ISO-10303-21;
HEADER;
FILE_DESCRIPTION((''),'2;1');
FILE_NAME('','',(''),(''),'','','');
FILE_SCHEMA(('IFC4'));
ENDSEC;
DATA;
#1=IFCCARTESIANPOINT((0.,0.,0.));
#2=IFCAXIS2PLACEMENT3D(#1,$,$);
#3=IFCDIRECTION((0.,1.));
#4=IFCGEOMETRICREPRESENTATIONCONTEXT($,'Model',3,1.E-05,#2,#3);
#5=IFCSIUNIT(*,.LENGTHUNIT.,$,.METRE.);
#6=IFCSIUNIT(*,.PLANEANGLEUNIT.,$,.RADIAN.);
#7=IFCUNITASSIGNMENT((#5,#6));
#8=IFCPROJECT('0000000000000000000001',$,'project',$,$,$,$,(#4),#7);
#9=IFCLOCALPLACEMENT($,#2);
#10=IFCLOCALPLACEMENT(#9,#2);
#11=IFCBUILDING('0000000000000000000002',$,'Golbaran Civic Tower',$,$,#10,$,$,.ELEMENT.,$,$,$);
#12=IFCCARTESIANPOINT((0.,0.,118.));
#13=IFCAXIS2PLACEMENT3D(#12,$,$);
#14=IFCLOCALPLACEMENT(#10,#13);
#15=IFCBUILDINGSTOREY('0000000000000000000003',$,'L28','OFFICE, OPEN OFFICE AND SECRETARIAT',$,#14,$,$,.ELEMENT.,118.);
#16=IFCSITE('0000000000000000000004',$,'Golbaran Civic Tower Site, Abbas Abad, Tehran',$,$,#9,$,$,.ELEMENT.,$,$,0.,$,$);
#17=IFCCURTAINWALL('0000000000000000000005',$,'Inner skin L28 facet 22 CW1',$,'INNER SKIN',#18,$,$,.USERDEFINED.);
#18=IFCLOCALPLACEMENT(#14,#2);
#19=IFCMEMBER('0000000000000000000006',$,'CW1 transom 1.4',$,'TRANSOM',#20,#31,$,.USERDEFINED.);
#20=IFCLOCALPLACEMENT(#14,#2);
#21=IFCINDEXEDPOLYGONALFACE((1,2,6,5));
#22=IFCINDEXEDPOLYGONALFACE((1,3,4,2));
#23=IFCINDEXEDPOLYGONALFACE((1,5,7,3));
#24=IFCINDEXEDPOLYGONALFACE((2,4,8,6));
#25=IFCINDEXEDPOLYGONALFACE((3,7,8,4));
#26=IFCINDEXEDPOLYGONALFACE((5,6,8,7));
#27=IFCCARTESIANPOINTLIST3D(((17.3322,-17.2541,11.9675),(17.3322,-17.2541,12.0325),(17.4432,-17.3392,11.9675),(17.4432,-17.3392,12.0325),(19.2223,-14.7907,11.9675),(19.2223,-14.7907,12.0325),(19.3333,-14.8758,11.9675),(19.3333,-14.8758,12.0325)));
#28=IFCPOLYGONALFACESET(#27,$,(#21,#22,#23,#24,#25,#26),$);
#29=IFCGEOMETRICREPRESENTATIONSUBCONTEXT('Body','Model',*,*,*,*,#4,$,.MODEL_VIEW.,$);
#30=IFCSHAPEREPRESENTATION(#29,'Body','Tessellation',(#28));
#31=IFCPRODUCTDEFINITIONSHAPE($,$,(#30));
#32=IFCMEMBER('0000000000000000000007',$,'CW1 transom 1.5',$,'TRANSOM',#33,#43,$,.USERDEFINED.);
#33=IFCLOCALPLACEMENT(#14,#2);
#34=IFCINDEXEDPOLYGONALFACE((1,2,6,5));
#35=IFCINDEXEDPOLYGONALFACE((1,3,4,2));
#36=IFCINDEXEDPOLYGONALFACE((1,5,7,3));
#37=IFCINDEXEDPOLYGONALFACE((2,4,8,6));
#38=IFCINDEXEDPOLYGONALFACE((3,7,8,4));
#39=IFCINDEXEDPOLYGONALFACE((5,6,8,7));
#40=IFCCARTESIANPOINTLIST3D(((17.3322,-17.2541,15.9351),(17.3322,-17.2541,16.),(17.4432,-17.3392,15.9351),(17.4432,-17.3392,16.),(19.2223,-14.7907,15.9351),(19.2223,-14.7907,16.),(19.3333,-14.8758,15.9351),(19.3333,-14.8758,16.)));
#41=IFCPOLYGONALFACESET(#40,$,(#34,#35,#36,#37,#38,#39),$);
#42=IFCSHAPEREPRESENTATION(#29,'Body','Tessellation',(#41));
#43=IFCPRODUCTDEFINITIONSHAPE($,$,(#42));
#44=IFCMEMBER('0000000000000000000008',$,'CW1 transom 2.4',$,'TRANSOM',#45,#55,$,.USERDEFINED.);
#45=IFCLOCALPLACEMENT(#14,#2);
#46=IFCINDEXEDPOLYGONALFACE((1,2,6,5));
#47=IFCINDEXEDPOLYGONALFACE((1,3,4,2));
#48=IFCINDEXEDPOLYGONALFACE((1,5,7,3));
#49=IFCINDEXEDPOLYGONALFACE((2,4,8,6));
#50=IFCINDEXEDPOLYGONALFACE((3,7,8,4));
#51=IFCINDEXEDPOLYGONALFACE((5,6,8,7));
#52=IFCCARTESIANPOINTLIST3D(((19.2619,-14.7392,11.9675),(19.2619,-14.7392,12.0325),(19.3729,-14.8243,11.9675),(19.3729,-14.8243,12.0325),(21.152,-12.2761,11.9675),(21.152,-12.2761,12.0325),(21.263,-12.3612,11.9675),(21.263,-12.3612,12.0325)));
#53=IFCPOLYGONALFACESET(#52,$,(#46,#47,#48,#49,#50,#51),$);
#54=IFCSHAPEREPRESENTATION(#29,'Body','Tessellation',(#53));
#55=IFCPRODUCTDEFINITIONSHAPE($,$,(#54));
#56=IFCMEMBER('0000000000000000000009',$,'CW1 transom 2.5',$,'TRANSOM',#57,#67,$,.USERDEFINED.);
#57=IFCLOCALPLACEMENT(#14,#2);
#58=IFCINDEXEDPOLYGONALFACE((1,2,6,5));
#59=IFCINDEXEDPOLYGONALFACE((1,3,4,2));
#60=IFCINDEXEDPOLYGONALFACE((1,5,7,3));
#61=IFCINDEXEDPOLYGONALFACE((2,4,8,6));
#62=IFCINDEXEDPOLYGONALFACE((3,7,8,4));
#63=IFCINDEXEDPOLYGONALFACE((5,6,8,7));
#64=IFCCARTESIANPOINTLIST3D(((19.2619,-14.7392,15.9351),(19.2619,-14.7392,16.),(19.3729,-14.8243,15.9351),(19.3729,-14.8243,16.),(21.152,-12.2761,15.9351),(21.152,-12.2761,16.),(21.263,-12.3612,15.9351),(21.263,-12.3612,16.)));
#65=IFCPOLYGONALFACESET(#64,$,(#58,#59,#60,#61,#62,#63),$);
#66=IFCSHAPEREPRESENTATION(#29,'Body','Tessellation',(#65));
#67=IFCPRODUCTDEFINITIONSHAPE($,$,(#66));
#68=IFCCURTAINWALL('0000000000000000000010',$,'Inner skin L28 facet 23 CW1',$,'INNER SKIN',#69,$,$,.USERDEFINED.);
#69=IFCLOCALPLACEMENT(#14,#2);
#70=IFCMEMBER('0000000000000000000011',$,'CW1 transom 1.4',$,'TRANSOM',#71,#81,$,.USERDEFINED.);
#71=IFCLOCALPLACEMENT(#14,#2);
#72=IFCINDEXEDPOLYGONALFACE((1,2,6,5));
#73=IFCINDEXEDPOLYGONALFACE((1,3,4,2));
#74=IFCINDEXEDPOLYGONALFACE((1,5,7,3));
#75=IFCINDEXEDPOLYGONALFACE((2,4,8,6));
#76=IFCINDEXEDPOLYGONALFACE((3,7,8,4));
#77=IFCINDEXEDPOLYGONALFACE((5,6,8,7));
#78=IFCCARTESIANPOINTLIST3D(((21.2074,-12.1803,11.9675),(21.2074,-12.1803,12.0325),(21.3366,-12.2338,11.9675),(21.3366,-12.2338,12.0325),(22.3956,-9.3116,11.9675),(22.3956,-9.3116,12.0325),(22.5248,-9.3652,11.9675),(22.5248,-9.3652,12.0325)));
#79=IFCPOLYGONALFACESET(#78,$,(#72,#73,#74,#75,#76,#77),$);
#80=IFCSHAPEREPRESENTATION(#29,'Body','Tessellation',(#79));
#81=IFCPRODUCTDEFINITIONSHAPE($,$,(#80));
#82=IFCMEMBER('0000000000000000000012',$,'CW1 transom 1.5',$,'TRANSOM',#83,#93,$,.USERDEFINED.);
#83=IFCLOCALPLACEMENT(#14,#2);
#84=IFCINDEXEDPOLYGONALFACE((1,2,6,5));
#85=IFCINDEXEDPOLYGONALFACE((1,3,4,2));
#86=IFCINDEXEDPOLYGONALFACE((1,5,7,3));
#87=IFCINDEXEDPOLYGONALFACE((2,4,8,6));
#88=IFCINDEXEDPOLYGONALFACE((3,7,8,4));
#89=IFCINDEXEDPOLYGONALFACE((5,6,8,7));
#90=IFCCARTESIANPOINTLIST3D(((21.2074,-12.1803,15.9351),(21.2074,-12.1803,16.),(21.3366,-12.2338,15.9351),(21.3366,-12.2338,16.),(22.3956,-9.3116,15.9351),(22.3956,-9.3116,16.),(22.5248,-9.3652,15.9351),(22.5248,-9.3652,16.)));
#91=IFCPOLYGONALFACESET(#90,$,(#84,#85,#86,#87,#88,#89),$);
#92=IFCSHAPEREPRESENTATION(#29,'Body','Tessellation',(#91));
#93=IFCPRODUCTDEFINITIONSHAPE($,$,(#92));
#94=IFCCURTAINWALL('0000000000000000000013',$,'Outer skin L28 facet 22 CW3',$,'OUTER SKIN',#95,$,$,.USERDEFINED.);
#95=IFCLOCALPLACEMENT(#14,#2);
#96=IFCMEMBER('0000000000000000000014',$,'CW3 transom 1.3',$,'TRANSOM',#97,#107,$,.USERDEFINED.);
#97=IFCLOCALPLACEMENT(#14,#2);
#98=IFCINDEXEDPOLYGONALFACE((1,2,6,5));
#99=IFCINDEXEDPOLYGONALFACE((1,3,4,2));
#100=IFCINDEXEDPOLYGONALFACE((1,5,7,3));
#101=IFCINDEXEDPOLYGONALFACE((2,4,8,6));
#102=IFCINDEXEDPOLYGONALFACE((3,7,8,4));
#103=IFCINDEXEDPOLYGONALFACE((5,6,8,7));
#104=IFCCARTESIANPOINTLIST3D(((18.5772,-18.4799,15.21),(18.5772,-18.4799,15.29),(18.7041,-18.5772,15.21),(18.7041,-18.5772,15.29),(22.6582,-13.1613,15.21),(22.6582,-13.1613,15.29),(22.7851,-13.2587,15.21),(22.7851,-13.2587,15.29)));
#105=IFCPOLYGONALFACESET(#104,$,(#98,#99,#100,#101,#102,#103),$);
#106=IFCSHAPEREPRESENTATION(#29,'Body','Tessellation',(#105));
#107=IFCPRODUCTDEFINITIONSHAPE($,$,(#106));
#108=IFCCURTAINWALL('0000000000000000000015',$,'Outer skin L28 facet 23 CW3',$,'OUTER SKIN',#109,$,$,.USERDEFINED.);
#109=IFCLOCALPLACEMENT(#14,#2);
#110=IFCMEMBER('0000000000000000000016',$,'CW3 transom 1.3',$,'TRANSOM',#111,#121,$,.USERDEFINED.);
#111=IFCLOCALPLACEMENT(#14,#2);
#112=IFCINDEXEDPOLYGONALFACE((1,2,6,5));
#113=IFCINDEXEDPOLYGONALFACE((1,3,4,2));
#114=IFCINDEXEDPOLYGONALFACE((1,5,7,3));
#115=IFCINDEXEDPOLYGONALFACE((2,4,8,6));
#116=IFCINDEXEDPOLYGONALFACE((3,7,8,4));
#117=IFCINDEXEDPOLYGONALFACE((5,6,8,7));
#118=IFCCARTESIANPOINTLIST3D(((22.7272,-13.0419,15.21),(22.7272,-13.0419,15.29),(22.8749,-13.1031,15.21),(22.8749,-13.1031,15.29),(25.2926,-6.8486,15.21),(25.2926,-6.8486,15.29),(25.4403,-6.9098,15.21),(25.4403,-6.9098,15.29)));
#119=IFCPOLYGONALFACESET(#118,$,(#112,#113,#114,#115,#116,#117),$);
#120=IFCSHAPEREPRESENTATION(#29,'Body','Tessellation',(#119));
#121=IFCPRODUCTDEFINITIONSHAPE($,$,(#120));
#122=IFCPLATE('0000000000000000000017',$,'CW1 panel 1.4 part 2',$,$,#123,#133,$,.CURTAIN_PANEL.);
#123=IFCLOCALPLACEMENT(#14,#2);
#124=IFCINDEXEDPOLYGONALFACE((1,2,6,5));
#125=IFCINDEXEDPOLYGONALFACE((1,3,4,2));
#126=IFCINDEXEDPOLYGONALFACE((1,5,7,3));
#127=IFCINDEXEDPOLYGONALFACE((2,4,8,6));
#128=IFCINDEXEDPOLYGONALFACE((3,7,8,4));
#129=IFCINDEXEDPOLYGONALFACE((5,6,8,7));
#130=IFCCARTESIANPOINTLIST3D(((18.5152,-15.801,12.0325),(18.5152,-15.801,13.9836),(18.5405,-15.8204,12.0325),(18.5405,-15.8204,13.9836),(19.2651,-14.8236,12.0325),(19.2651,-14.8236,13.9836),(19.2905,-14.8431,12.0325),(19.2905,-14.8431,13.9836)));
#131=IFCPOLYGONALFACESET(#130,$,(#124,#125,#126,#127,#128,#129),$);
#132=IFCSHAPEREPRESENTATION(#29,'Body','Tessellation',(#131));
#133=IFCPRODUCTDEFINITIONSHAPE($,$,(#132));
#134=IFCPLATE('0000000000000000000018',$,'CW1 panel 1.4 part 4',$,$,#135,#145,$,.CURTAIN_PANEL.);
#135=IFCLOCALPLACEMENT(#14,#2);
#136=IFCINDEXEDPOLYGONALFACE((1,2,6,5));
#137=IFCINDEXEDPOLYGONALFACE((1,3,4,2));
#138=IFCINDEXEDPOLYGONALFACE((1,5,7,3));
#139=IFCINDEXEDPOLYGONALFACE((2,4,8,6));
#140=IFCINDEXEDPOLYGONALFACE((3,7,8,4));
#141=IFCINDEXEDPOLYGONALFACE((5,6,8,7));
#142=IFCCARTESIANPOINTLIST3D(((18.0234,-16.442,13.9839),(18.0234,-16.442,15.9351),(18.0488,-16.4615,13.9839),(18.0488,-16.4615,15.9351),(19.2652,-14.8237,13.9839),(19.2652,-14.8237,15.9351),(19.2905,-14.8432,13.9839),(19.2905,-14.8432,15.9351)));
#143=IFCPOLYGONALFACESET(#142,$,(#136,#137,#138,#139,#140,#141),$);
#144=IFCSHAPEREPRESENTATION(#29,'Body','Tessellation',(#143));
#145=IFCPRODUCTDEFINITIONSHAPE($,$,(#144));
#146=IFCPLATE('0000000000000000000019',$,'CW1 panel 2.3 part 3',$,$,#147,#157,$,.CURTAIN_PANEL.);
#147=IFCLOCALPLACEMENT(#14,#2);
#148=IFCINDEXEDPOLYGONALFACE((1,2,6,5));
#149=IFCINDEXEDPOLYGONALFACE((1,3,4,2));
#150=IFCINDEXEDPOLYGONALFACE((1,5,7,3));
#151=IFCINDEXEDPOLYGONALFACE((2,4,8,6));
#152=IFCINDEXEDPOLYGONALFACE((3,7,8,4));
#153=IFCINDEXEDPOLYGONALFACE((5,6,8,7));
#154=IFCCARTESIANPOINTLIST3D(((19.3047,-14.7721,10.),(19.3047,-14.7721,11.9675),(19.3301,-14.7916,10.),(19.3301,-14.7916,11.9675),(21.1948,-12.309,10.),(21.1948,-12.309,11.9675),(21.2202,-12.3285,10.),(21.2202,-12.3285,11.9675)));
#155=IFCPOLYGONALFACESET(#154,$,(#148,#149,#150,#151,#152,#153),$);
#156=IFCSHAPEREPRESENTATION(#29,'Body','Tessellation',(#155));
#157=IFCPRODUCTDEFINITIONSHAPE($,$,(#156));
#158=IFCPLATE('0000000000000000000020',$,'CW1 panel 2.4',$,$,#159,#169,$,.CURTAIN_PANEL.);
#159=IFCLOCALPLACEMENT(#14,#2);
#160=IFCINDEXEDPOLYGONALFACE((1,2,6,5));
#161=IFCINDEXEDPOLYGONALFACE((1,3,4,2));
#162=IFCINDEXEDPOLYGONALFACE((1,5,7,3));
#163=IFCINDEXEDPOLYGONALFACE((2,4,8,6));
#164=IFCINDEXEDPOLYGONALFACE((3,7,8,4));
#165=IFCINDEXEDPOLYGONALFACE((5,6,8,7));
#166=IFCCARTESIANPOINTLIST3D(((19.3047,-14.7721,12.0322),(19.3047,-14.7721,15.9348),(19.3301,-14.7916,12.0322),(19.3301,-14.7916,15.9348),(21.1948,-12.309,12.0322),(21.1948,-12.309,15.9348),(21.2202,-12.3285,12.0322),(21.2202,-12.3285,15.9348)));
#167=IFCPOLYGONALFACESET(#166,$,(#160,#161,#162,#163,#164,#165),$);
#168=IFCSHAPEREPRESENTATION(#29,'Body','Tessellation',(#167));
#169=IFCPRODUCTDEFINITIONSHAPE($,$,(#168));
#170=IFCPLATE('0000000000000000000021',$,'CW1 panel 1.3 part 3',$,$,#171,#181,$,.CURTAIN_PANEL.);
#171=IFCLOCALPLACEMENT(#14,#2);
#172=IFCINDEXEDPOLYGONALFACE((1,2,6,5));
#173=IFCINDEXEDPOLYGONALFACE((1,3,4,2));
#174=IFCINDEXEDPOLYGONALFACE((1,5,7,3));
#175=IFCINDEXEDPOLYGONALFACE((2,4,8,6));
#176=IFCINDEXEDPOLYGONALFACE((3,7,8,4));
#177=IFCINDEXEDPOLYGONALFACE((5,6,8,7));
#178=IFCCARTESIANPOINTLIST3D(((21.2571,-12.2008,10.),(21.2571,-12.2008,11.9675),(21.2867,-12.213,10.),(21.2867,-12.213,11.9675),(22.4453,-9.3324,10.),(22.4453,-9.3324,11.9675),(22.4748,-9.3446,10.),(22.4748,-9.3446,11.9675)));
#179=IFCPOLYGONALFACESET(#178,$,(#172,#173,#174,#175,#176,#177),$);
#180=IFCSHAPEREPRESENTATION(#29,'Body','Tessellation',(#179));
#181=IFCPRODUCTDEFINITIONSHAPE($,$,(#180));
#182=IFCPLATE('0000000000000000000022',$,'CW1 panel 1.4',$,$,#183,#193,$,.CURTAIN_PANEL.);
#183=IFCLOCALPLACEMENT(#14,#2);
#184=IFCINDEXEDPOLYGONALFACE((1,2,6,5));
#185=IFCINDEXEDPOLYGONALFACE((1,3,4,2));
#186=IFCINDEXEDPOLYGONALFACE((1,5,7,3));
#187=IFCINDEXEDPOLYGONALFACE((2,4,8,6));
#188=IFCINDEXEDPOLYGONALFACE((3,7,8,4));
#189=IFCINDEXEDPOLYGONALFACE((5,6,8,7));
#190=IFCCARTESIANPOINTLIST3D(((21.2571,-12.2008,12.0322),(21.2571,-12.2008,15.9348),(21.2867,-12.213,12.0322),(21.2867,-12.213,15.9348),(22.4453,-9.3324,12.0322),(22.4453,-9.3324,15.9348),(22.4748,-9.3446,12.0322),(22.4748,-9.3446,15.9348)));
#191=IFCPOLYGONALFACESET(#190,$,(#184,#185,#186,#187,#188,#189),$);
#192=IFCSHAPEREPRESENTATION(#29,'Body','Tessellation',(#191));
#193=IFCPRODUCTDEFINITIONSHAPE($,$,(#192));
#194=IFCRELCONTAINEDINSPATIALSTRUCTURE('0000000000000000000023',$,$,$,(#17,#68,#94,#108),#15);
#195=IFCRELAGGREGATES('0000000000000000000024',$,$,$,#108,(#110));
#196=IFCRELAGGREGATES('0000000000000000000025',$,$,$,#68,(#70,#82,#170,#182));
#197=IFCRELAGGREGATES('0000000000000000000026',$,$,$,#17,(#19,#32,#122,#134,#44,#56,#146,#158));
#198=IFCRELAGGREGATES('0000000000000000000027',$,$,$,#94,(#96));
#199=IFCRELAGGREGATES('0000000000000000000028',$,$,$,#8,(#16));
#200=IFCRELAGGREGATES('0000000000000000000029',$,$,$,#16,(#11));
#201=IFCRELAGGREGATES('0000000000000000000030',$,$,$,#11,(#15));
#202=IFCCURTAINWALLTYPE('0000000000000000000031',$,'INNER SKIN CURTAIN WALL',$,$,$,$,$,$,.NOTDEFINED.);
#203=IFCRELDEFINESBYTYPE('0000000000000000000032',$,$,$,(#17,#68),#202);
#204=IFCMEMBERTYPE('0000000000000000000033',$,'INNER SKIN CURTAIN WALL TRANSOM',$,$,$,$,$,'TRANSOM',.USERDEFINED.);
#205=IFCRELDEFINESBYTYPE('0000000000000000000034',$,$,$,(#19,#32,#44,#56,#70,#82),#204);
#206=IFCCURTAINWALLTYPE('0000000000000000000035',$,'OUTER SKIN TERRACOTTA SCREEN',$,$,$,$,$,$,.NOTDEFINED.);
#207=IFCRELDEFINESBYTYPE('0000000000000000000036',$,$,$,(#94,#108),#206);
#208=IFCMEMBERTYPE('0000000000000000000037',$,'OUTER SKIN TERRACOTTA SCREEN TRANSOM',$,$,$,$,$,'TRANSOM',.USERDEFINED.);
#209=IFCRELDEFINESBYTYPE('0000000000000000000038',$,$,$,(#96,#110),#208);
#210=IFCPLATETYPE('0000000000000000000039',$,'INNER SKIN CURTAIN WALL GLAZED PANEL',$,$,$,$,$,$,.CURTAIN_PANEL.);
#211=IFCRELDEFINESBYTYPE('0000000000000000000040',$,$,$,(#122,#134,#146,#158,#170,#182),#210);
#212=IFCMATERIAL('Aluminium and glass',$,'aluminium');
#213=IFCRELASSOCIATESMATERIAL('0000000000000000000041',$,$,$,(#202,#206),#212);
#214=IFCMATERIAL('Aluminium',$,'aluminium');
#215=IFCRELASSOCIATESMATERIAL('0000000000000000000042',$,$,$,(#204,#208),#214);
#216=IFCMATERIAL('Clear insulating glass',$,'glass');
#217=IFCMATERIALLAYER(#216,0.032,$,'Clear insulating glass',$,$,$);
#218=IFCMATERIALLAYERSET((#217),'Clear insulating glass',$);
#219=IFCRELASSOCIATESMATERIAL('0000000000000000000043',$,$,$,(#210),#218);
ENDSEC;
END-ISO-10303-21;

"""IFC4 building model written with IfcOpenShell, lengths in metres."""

from ifc_helpers import new_model, si_unit, direction, frame, origin, origin_2d, place, context, subcontext, project, spatial, rectangle, extrude, material, layer, layer_set, material_profile, profile_set, type_object, element, aggregate, save


model = new_model("IFC4")

# Units and contexts
model_context = context("Model", 3, precision=1e-05, world=origin(), true_north=direction((0.0, 1.0)))
body_context = subcontext(model_context, "Body", "Model", "MODEL_VIEW")
ifc_project = project(units=[si_unit("LENGTHUNIT", "METRE"), si_unit("PLANEANGLEUNIT", "RADIAN")], contexts=[model_context])

# Site, building, storey
site_placement = place(None, origin())
site = spatial("IfcSite", under=ifc_project, at=site_placement, Name="Golbaran Civic Tower Site, Abbas Abad, Tehran", CompositionType="ELEMENT", RefElevation=0.0)
building_placement = place(site_placement, origin())
building = spatial("IfcBuilding", under=site, at=building_placement, Name="Golbaran Civic Tower", CompositionType="ELEMENT")
storey_placement = place(building_placement, frame((0.0, 0.0, 118.0)))
storey = spatial("IfcBuildingStorey", under=building, at=storey_placement, Name="L28", Description="OFFICE, OPEN OFFICE AND SECRETARIAT", CompositionType="ELEMENT", Elevation=118.0)

# Curtain walls, members
ifc_material_1 = material(Name="Aluminium and glass", Category="aluminium")
curtain_wall_type_1 = type_object("IfcCurtainWallType", Name="INNER SKIN CURTAIN WALL", PredefinedType="NOTDEFINED", material=ifc_material_1)
curtain_wall_1_placement = place(storey_placement, origin())
curtain_wall_1 = element("IfcCurtainWall", 1, at=curtain_wall_1_placement, inside=storey, type_object=curtain_wall_type_1, Name="Inner skin L28 facet 22 CW1", ObjectType="INNER SKIN", PredefinedType="USERDEFINED")
ifc_material_2 = material(Name="Aluminium", Category="aluminium")
ifc_material_profile_1 = material_profile(ifc_material_2, rectangle(XDim=0.1399, YDim=0.0649, at=origin_2d()), Name="INNER SKIN CURTAIN WALL TRANSOM")
ifc_profile_set_1 = profile_set([ifc_material_profile_1], Name="Aluminium")
member_type_1 = type_object("IfcMemberType", Name="INNER SKIN CURTAIN WALL TRANSOM", ElementType="TRANSOM", PredefinedType="USERDEFINED", material=ifc_profile_set_1)
member_1_placement = place(storey_placement, frame((17.3877, -17.2966, 12.0), z_axis=(0.608745, 0.793366, 0.0), x_axis=(-0.793366, 0.608745, 0.0)))
member_1 = element("IfcMember", 2, at=member_1_placement, type_object=member_type_1, Name="CW1 transom 1.4", ObjectType="TRANSOM", PredefinedType="USERDEFINED", context=body_context, shape_type="SweptSolid", body=[
    extrude(rectangle(XDim=0.1399, YDim=0.0649, at=origin_2d()), origin(), (0.0, 0.0, 1.0), 3.105),
])
member_2_placement = place(storey_placement, frame((17.3877, -17.2966, 15.9675), z_axis=(0.608745, 0.793366, 0.0), x_axis=(-0.793366, 0.608745, 0.0)))
member_2 = element("IfcMember", 3, at=member_2_placement, type_object=member_type_1, Name="CW1 transom 1.5", ObjectType="TRANSOM", PredefinedType="USERDEFINED", context=body_context, shape_type="SweptSolid", body=[
    extrude(rectangle(XDim=0.1399, YDim=0.0649, at=origin_2d()), origin(), (0.0, 0.0, 1.0), 3.105),
])
member_3_placement = place(storey_placement, frame((19.3174, -14.7817, 12.0), z_axis=(0.608783, 0.793337, 0.0), x_axis=(-0.793337, 0.608783, 0.0)))
member_3 = element("IfcMember", 4, at=member_3_placement, type_object=member_type_1, Name="CW1 transom 2.4", ObjectType="TRANSOM", PredefinedType="USERDEFINED", context=body_context, shape_type="SweptSolid", body=[
    extrude(rectangle(XDim=0.1399, YDim=0.0649, at=origin_2d()), origin(), (0.0, 0.0, 1.0), 3.1047),
])
member_4_placement = place(storey_placement, frame((19.3174, -14.7817, 15.9675), z_axis=(0.608783, 0.793337, 0.0), x_axis=(-0.793337, 0.608783, 0.0)))
member_4 = element("IfcMember", 5, at=member_4_placement, type_object=member_type_1, Name="CW1 transom 2.5", ObjectType="TRANSOM", PredefinedType="USERDEFINED", context=body_context, shape_type="SweptSolid", body=[
    extrude(rectangle(XDim=0.1399, YDim=0.0649, at=origin_2d()), origin(), (0.0, 0.0, 1.0), 3.1047),
])
curtain_wall_2_placement = place(storey_placement, origin())
curtain_wall_2 = element("IfcCurtainWall", 6, at=curtain_wall_2_placement, inside=storey, type_object=curtain_wall_type_1, Name="Inner skin L28 facet 23 CW1", ObjectType="INNER SKIN", PredefinedType="USERDEFINED")
member_5_placement = place(storey_placement, frame((21.272, -12.207, 12.0), z_axis=(0.382683, 0.92388, 0.0), x_axis=(-0.92388, 0.382683, 0.0)))
member_5 = element("IfcMember", 7, at=member_5_placement, type_object=member_type_1, Name="CW1 transom 1.4", ObjectType="TRANSOM", PredefinedType="USERDEFINED", context=body_context, shape_type="SweptSolid", body=[
    extrude(rectangle(XDim=0.1399, YDim=0.0649, at=origin_2d()), origin(), (0.0, 0.0, 1.0), 3.105),
])
member_6_placement = place(storey_placement, frame((21.272, -12.207, 15.9675), z_axis=(0.382683, 0.92388, 0.0), x_axis=(-0.92388, 0.382683, 0.0)))
member_6 = element("IfcMember", 8, at=member_6_placement, type_object=member_type_1, Name="CW1 transom 1.5", ObjectType="TRANSOM", PredefinedType="USERDEFINED", context=body_context, shape_type="SweptSolid", body=[
    extrude(rectangle(XDim=0.1399, YDim=0.0649, at=origin_2d()), origin(), (0.0, 0.0, 1.0), 3.105),
])

# Curtain walls, members
curtain_wall_type_2 = type_object("IfcCurtainWallType", Name="OUTER SKIN TERRACOTTA SCREEN", PredefinedType="NOTDEFINED", material=ifc_material_1)
curtain_wall_3_placement = place(storey_placement, origin())
curtain_wall_3 = element("IfcCurtainWall", 9, at=curtain_wall_3_placement, inside=storey, type_object=curtain_wall_type_2, Name="Outer skin L28 facet 22 CW3", ObjectType="OUTER SKIN", PredefinedType="USERDEFINED")
ifc_material_profile_2 = material_profile(ifc_material_2, rectangle(XDim=0.1599, YDim=0.0801, at=origin_2d()), Name="OUTER SKIN TERRACOTTA SCREEN TRANSOM")
ifc_profile_set_2 = profile_set([ifc_material_profile_2], Name="Aluminium")
member_type_2 = type_object("IfcMemberType", Name="OUTER SKIN TERRACOTTA SCREEN TRANSOM", ElementType="TRANSOM", PredefinedType="USERDEFINED", material=ifc_profile_set_2)
member_7_placement = place(storey_placement, frame((18.6406, -18.5286, 15.25), z_axis=(0.608756, 0.793357, 0.0), x_axis=(-0.793357, 0.608756, 0.0)))
member_7 = element("IfcMember", 10, at=member_7_placement, type_object=member_type_2, Name="CW3 transom 1.3", ObjectType="TRANSOM", PredefinedType="USERDEFINED", context=body_context, shape_type="SweptSolid", body=[
    extrude(rectangle(XDim=0.1599, YDim=0.0801, at=origin_2d()), origin(), (0.0, 0.0, 1.0), 6.7039),
])
curtain_wall_4_placement = place(storey_placement, origin())
curtain_wall_4 = element("IfcCurtainWall", 11, at=curtain_wall_4_placement, inside=storey, type_object=curtain_wall_type_2, Name="Outer skin L28 facet 23 CW3", ObjectType="OUTER SKIN", PredefinedType="USERDEFINED")
member_8_placement = place(storey_placement, frame((22.801, -13.0725, 15.25), z_axis=(0.382691, 0.923877, 0.0), x_axis=(-0.923877, 0.382691, 0.0)))
member_8 = element("IfcMember", 12, at=member_8_placement, type_object=member_type_2, Name="CW3 transom 1.3", ObjectType="TRANSOM", PredefinedType="USERDEFINED", context=body_context, shape_type="SweptSolid", body=[
    extrude(rectangle(XDim=0.1599, YDim=0.0801, at=origin_2d()), origin(), (0.0, 0.0, 1.0), 6.7036),
])
aggregate(curtain_wall_4, [member_8])

# Plates
ifc_material_3 = material(Name="Clear insulating glass", Category="glass")
ifc_layer_1 = layer(ifc_material_3, 0.032, Name="Clear insulating glass")
ifc_layer_set_1 = layer_set([ifc_layer_1], Name="Clear insulating glass")
plate_type_1 = type_object("IfcPlateType", Name="INNER SKIN CURTAIN WALL GLAZED PANEL", PredefinedType="CURTAIN_PANEL", material=ifc_layer_set_1)
plate_1_placement = place(storey_placement, frame((18.9028, -15.322, 12.0325), z_axis=(0.0, 0.0, 1.0), x_axis=(0.608761, 0.793353, 0.0)))
plate_1 = element("IfcPlate", 13, at=plate_1_placement, type_object=plate_type_1, Name="CW1 panel 1.4 part 2", PredefinedType="CURTAIN_PANEL", context=body_context, shape_type="SweptSolid", body=[
    extrude(rectangle(XDim=1.2319, YDim=0.032, at=origin_2d()), origin(), (0.0, 0.0, 1.0), 1.9512),
])
plate_2_placement = place(storey_placement, frame((18.657, -15.6426, 13.9839), z_axis=(0.0, 0.0, 1.0), x_axis=(0.608761, 0.793353, 0.0)))
plate_2 = element("IfcPlate", 14, at=plate_2_placement, type_object=plate_type_1, Name="CW1 panel 1.4 part 4", PredefinedType="CURTAIN_PANEL", context=body_context, shape_type="SweptSolid", body=[
    extrude(rectangle(XDim=2.0398, YDim=0.032, at=origin_2d()), origin(), (0.0, 0.0, 1.0), 1.9512),
])
plate_3_placement = place(storey_placement, frame((20.2625, -13.5503, 10.0), z_axis=(0.0, 0.0, 1.0), x_axis=(0.608761, 0.793353, 0.0)))
plate_3 = element("IfcPlate", 15, at=plate_3_placement, type_object=plate_type_1, Name="CW1 panel 2.3 part 3", PredefinedType="CURTAIN_PANEL", context=body_context, shape_type="SweptSolid", body=[
    extrude(rectangle(XDim=3.1047, YDim=0.032, at=origin_2d()), origin(), (0.0, 0.0, 1.0), 1.9675),
])
plate_4_placement = place(storey_placement, frame((20.2625, -13.5503, 12.0322), z_axis=(0.0, 0.0, 1.0), x_axis=(0.608761, 0.793353, 0.0)))
plate_4 = element("IfcPlate", 16, at=plate_4_placement, type_object=plate_type_1, Name="CW1 panel 2.4", PredefinedType="CURTAIN_PANEL", context=body_context, shape_type="SweptSolid", body=[
    extrude(rectangle(XDim=3.1047, YDim=0.032, at=origin_2d()), origin(), (0.0, 0.0, 1.0), 3.9026),
])
plate_5_placement = place(storey_placement, frame((21.866, -10.7727, 10.0), z_axis=(0.0, 0.0, 1.0), x_axis=(0.382683, 0.92388, 0.0)))
plate_5 = element("IfcPlate", 17, at=plate_5_placement, type_object=plate_type_1, Name="CW1 panel 1.3 part 3", PredefinedType="CURTAIN_PANEL", context=body_context, shape_type="SweptSolid", body=[
    extrude(rectangle(XDim=3.1047, YDim=0.032, at=origin_2d()), origin(), (0.0, 0.0, 1.0), 1.9675),
])
plate_6_placement = place(storey_placement, frame((21.866, -10.7727, 12.0322), z_axis=(0.0, 0.0, 1.0), x_axis=(0.382683, 0.92388, 0.0)))
plate_6 = element("IfcPlate", 18, at=plate_6_placement, type_object=plate_type_1, Name="CW1 panel 1.4", PredefinedType="CURTAIN_PANEL", context=body_context, shape_type="SweptSolid", body=[
    extrude(rectangle(XDim=3.1047, YDim=0.032, at=origin_2d()), origin(), (0.0, 0.0, 1.0), 3.9026),
])
aggregate(curtain_wall_2, [member_5, member_6, plate_5, plate_6])

aggregate(curtain_wall_1, [member_1, member_2, plate_1, plate_2, member_3, member_4, plate_3, plate_4])
aggregate(curtain_wall_3, [member_7])

save(model, "model.ifc")
